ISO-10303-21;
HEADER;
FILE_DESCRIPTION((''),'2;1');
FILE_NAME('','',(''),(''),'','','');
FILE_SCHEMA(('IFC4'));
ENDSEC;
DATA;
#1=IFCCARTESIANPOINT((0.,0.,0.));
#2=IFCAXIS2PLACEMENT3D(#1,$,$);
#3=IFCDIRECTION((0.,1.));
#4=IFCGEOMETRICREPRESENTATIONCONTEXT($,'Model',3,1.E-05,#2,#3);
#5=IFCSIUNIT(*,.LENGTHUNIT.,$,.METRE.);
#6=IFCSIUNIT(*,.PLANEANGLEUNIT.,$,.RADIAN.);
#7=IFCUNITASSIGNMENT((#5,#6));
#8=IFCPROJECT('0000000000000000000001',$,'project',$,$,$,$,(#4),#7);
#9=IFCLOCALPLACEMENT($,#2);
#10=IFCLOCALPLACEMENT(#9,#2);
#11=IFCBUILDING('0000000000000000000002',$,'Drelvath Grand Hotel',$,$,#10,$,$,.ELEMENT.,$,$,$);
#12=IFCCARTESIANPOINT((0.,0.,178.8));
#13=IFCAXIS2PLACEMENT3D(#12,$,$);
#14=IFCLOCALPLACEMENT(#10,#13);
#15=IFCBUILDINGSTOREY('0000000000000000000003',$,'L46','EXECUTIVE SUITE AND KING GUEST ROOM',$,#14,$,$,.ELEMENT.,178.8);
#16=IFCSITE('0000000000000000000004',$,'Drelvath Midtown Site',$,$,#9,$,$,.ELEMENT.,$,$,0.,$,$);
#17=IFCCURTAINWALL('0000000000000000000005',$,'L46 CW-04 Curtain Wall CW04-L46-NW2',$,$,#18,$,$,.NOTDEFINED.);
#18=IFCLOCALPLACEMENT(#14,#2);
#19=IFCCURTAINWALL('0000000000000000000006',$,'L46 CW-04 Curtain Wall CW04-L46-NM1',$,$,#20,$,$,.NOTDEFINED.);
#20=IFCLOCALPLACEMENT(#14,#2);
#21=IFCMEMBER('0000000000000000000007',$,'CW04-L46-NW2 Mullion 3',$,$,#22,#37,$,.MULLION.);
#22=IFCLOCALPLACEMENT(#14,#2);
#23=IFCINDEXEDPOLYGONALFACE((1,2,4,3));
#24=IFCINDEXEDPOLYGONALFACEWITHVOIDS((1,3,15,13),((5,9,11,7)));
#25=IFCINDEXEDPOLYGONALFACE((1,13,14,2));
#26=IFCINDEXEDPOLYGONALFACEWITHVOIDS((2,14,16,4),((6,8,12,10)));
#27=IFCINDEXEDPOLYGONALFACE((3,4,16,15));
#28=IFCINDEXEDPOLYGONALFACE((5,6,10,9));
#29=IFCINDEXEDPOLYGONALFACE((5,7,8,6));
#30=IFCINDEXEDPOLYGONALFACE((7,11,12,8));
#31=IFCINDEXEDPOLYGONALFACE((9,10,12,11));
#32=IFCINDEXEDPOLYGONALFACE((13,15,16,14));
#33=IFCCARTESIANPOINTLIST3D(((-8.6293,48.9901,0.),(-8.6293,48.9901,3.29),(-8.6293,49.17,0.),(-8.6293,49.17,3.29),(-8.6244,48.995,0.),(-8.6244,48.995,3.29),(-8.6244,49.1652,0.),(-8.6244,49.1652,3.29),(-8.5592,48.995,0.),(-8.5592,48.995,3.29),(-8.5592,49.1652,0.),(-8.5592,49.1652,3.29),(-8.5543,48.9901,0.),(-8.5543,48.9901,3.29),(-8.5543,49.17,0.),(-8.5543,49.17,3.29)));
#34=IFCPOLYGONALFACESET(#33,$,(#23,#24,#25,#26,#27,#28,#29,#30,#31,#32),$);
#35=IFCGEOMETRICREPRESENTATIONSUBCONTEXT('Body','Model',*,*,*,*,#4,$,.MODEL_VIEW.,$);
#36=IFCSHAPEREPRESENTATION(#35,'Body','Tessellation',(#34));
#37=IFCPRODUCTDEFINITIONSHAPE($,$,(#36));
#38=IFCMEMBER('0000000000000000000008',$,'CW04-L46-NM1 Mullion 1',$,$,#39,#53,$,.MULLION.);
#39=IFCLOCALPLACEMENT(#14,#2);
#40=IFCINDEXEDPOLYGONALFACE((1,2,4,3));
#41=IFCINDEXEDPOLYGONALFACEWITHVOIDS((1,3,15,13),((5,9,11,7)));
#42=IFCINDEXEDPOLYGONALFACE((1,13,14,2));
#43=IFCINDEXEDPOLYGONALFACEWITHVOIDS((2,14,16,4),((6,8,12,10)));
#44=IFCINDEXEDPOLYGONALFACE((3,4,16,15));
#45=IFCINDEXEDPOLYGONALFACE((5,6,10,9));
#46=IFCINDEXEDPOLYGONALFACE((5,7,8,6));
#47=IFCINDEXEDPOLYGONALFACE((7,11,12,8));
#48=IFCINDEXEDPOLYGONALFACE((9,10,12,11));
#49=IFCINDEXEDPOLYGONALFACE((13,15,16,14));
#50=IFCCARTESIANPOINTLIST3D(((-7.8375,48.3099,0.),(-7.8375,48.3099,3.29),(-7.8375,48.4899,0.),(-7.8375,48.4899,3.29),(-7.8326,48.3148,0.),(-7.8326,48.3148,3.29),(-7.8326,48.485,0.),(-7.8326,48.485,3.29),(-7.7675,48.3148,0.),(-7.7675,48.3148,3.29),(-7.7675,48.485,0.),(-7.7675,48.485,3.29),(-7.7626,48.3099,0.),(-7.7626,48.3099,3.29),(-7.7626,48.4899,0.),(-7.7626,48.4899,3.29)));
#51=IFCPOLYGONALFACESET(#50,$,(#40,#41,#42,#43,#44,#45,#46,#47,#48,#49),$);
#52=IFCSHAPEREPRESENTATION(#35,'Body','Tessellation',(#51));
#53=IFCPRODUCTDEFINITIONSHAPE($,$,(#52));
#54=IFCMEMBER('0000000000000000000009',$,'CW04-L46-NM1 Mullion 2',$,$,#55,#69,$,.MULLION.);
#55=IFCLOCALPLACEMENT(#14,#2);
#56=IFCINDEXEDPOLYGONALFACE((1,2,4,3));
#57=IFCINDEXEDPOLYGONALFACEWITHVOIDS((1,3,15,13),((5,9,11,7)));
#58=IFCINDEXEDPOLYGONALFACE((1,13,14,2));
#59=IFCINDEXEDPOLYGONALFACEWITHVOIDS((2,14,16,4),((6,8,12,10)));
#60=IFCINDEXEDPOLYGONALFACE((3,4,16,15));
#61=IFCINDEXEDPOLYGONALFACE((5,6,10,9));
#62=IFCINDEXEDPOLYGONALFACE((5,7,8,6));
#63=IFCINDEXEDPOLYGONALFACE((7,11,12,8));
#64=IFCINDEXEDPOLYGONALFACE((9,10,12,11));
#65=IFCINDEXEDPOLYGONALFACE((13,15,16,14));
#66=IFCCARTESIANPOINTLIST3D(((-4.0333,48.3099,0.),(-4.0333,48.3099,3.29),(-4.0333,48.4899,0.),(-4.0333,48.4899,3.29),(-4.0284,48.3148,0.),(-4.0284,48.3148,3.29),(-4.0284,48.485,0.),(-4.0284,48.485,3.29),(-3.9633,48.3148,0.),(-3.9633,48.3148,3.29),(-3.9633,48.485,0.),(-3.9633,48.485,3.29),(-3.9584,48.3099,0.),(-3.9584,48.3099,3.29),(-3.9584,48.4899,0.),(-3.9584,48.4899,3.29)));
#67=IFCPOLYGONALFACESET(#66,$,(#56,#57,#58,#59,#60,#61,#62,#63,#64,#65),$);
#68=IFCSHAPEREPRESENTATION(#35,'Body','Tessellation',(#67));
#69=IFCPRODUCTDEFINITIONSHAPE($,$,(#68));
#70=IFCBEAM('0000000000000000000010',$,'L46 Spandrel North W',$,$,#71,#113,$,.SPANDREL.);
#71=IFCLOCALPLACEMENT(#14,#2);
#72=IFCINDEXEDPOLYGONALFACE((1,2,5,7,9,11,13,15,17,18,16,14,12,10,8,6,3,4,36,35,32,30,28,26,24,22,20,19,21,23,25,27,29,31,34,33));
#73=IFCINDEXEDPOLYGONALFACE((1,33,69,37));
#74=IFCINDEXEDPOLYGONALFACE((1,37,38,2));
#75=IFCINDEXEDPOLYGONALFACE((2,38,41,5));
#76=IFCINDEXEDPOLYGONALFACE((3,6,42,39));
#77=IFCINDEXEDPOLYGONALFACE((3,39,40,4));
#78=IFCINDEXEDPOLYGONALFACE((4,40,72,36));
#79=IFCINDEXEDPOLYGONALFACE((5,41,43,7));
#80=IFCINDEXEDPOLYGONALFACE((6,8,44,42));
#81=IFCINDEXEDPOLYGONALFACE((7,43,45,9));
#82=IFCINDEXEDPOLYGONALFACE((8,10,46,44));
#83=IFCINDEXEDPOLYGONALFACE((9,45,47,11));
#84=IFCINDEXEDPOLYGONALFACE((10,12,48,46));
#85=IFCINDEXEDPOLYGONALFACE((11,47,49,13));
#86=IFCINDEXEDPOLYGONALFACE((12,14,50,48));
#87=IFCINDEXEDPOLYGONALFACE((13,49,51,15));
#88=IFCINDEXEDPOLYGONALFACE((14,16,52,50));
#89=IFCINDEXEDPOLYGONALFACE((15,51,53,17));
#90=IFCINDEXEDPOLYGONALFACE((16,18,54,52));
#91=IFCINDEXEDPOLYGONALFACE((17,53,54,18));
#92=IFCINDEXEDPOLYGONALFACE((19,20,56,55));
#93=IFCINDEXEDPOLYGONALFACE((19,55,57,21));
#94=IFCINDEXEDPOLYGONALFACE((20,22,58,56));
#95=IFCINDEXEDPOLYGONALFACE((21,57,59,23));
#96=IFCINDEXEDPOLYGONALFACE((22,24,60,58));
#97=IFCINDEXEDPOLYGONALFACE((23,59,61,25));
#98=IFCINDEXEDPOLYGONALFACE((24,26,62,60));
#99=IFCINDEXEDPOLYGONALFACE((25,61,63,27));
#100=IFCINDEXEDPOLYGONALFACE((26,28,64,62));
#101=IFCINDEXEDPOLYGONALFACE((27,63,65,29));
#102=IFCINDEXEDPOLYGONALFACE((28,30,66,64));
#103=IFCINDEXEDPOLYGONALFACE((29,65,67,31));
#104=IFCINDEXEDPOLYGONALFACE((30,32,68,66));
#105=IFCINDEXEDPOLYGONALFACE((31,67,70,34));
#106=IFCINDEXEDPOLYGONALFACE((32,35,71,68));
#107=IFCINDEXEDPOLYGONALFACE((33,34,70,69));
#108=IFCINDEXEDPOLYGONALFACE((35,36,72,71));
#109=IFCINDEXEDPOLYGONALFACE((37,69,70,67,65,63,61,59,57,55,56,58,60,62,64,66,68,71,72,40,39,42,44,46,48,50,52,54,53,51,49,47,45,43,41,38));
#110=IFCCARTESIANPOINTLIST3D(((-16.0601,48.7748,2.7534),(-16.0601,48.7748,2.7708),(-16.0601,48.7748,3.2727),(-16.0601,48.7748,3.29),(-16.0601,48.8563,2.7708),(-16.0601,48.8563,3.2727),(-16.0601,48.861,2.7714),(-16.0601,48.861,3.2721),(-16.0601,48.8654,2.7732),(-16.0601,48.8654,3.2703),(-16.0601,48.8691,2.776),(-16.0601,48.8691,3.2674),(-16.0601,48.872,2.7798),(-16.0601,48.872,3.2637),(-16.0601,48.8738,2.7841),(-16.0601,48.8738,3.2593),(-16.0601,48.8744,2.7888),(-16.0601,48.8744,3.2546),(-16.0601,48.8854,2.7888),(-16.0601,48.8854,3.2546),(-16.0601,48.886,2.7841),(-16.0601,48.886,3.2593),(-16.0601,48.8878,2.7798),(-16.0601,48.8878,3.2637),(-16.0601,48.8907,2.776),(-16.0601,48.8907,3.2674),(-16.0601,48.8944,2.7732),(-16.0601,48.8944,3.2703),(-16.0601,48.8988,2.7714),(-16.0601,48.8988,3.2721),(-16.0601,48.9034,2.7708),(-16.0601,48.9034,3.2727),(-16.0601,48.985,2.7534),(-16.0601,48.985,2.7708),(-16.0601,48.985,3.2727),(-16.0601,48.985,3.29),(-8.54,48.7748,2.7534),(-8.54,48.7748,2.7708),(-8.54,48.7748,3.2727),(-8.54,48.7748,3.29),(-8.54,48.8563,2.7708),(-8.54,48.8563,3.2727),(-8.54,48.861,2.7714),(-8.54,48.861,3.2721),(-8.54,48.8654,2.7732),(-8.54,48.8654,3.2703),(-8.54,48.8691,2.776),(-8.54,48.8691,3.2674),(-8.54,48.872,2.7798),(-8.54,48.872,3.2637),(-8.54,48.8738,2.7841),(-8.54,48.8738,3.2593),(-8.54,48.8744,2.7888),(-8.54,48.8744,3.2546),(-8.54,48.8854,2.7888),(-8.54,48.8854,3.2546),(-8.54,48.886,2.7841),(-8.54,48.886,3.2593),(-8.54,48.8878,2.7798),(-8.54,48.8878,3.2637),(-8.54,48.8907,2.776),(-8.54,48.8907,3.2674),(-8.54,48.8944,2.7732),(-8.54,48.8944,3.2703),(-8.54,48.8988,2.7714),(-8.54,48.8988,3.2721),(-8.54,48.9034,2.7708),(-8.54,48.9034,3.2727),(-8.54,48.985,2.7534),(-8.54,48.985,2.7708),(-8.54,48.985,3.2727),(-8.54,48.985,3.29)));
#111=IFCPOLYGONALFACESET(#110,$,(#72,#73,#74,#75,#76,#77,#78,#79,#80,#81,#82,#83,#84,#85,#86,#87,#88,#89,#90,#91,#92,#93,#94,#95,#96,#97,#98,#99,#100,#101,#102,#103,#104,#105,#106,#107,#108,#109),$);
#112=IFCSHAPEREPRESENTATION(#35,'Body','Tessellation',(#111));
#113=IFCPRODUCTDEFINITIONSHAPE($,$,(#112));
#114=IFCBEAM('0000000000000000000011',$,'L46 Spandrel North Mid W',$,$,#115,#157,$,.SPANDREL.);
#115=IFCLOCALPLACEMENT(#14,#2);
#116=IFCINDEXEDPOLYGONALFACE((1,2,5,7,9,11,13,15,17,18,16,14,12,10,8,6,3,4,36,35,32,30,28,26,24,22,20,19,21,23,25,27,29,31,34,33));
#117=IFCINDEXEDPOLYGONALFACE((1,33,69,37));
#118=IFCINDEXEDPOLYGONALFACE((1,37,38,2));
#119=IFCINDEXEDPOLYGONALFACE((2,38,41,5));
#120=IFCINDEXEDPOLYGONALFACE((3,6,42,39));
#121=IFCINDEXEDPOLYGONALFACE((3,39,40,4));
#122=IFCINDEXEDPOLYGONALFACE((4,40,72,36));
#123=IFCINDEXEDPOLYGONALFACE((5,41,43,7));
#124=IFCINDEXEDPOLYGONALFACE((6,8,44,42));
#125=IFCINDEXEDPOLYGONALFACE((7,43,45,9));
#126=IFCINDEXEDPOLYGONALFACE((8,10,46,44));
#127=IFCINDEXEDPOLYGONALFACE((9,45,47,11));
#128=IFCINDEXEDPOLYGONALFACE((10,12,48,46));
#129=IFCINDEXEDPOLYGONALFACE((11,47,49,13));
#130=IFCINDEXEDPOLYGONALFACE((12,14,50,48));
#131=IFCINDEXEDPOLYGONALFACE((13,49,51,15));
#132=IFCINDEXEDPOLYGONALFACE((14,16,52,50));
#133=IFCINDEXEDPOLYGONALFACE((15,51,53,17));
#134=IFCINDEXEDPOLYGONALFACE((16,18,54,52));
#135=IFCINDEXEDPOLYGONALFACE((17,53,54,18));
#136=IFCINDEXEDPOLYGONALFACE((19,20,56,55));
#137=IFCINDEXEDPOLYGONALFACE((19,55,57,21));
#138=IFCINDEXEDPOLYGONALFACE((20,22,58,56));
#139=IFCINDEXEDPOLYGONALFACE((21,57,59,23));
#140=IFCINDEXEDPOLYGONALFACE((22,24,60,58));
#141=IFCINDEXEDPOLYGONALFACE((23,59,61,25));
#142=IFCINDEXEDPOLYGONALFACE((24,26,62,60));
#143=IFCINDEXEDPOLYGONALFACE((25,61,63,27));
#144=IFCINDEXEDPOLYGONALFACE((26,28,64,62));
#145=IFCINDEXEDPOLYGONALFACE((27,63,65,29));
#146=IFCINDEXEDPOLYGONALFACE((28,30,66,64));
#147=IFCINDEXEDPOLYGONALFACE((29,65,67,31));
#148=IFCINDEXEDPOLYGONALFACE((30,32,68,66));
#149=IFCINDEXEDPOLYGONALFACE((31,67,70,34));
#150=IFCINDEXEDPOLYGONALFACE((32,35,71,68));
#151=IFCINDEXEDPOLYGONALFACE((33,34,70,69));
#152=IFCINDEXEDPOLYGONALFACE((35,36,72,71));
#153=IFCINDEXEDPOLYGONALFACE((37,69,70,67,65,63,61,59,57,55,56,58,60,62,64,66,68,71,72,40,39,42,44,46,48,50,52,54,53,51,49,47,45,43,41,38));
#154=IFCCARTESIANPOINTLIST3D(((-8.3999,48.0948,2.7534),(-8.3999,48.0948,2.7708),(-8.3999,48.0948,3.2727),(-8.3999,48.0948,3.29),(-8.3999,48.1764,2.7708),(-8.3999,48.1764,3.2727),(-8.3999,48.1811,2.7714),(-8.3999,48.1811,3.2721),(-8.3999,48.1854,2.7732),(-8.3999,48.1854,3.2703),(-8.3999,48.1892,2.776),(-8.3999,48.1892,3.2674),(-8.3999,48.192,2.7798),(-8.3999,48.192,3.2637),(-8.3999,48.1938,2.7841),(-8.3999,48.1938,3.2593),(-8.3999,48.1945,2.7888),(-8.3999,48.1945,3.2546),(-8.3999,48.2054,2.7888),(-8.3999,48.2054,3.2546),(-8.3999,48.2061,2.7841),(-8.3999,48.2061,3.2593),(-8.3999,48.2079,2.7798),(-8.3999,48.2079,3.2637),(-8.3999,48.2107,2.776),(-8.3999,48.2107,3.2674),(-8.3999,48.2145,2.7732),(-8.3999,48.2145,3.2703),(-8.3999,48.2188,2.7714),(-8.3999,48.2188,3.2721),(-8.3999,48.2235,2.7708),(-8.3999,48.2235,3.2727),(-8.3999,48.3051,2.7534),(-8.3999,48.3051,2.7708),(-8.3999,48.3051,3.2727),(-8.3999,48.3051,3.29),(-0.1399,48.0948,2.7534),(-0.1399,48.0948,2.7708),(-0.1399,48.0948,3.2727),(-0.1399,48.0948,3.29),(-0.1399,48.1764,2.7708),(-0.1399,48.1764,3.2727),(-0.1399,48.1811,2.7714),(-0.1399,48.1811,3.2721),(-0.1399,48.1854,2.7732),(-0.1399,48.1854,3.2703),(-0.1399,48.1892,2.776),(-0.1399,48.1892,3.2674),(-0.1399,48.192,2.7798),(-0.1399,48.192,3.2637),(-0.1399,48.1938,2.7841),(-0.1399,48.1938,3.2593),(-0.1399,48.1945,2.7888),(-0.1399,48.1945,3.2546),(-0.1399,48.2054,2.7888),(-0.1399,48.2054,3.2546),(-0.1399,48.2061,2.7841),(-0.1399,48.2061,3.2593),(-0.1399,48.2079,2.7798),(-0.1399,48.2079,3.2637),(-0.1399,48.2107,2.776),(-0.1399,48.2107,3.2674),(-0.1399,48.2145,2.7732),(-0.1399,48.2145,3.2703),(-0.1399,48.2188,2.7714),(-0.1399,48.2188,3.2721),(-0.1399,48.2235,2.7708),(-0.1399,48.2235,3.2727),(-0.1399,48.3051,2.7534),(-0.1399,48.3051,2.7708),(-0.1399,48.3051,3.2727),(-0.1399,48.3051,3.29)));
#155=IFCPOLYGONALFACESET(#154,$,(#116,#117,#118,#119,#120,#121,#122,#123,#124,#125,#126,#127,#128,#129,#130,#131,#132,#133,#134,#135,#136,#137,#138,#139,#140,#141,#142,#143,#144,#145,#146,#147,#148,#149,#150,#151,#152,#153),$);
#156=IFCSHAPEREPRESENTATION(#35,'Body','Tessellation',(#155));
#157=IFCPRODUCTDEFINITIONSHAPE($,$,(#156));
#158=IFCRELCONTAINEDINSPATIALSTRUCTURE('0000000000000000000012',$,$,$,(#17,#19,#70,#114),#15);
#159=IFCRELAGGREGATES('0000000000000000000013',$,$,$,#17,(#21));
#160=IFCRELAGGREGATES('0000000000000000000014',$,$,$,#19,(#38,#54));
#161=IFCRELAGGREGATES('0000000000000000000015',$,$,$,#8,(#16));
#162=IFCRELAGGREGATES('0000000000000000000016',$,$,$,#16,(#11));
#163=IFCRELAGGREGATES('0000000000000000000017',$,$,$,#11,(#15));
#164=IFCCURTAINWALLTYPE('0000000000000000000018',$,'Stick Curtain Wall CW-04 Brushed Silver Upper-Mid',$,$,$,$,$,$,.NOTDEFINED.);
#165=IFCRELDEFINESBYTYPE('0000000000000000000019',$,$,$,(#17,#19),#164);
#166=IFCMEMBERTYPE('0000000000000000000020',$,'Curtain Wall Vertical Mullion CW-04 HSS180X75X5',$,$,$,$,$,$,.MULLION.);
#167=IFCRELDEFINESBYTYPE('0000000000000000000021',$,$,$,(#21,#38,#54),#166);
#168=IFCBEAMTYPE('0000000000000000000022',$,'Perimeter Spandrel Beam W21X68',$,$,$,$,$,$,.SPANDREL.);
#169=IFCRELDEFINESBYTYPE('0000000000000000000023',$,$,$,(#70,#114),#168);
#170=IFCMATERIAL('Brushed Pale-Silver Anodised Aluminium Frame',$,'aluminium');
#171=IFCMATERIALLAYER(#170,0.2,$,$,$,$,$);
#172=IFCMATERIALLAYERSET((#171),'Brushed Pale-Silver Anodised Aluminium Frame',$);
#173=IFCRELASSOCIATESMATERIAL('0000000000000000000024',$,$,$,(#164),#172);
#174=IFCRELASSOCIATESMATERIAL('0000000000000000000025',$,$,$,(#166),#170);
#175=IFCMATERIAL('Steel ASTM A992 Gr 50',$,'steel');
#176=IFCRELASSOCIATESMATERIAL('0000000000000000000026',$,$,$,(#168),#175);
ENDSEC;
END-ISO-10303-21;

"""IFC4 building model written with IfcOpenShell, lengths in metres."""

from ifc_helpers import new_model, si_unit, direction, frame, origin, origin_2d, place, context, subcontext, project, spatial, hollow_rectangle, i_section, extrude, material, layer, layer_set, material_profile, profile_set, type_object, element, aggregate, save


model = new_model("IFC4")

# Units and contexts
model_context = context("Model", 3, precision=1e-05, world=origin(), true_north=direction((0.0, 1.0)))
body_context = subcontext(model_context, "Body", "Model", "MODEL_VIEW")
ifc_project = project(units=[si_unit("LENGTHUNIT", "METRE"), si_unit("PLANEANGLEUNIT", "RADIAN")], contexts=[model_context])

# Site, building, storey
site_placement = place(None, origin())
site = spatial("IfcSite", under=ifc_project, at=site_placement, Name="Drelvath Midtown Site", CompositionType="ELEMENT", RefElevation=0.0)
building_placement = place(site_placement, origin())
building = spatial("IfcBuilding", under=site, at=building_placement, Name="Drelvath Grand Hotel", CompositionType="ELEMENT")
storey_placement = place(building_placement, frame((0.0, 0.0, 178.8)))
storey = spatial("IfcBuildingStorey", under=building, at=storey_placement, Name="L46", Description="EXECUTIVE SUITE AND KING GUEST ROOM", CompositionType="ELEMENT", Elevation=178.8)

# Curtain walls
ifc_material_1 = material(Name="Brushed Pale-Silver Anodised Aluminium Frame", Category="aluminium")
ifc_layer_1 = layer(ifc_material_1, 0.2)
ifc_layer_set_1 = layer_set([ifc_layer_1], Name="Brushed Pale-Silver Anodised Aluminium Frame")
curtain_wall_type = type_object("IfcCurtainWallType", Name="Stick Curtain Wall CW-04 Brushed Silver Upper-Mid", PredefinedType="NOTDEFINED", material=ifc_layer_set_1)
curtain_wall_1_placement = place(storey_placement, origin())
curtain_wall_1 = element("IfcCurtainWall", 1, at=curtain_wall_1_placement, inside=storey, type_object=curtain_wall_type, Name="L46 CW-04 Curtain Wall CW04-L46-NW2", PredefinedType="NOTDEFINED")
curtain_wall_2_placement = place(storey_placement, origin())
curtain_wall_2 = element("IfcCurtainWall", 2, at=curtain_wall_2_placement, inside=storey, type_object=curtain_wall_type, Name="L46 CW-04 Curtain Wall CW04-L46-NM1", PredefinedType="NOTDEFINED")

# Members
ifc_material_profile_1 = material_profile(ifc_material_1, hollow_rectangle(XDim=0.075, YDim=0.1799, WallThickness=0.0049, at=origin_2d()), Name="HSS180X75X5")
ifc_profile_set_1 = profile_set([ifc_material_profile_1], Name="Brushed Pale-Silver Anodised Aluminium Frame")
member_type_1 = type_object("IfcMemberType", Name="Curtain Wall Vertical Mullion CW-04 HSS180X75X5", PredefinedType="MULLION", material=ifc_profile_set_1)
member_1_placement = place(storey_placement, frame((-8.5918, 49.0801, 0.0), z_axis=(0.0, 0.0, 1.0), x_axis=(1.0, 0.0, 0.0)))
member_1 = element("IfcMember", 3, at=member_1_placement, type_object=member_type_1, Name="CW04-L46-NW2 Mullion 3", PredefinedType="MULLION", context=body_context, shape_type="SweptSolid", body=[
    extrude(hollow_rectangle(XDim=0.075, YDim=0.1799, WallThickness=0.0049, at=origin_2d()), origin(), (0.0, 0.0, 1.0), 3.29),
])
member_2_placement = place(storey_placement, frame((-7.8, 48.3999, 0.0), z_axis=(0.0, 0.0, 1.0), x_axis=(1.0, 0.0, 0.0)))
member_2 = element("IfcMember", 4, at=member_2_placement, type_object=member_type_1, Name="CW04-L46-NM1 Mullion 1", PredefinedType="MULLION", context=body_context, shape_type="SweptSolid", body=[
    extrude(hollow_rectangle(XDim=0.075, YDim=0.1799, WallThickness=0.0049, at=origin_2d()), origin(), (0.0, 0.0, 1.0), 3.29),
])
member_3_placement = place(storey_placement, frame((-3.9958, 48.3999, 0.0), z_axis=(0.0, 0.0, 1.0), x_axis=(1.0, 0.0, 0.0)))
member_3 = element("IfcMember", 5, at=member_3_placement, type_object=member_type_1, Name="CW04-L46-NM1 Mullion 2", PredefinedType="MULLION", context=body_context, shape_type="SweptSolid", body=[
    extrude(hollow_rectangle(XDim=0.075, YDim=0.1799, WallThickness=0.0049, at=origin_2d()), origin(), (0.0, 0.0, 1.0), 3.29),
])

# Beams
ifc_material_2 = material(Name="Steel ASTM A992 Gr 50", Category="steel")
ifc_material_profile_2 = material_profile(ifc_material_2, i_section(OverallWidth=0.2102, OverallDepth=0.5366, WebThickness=0.011, FlangeThickness=0.0173, FilletRadius=0.0181, at=origin_2d()), Name="W21X68")
ifc_profile_set_2 = profile_set([ifc_material_profile_2], Name="Steel ASTM A992 Gr 50")
beam_type_1 = type_object("IfcBeamType", Name="Perimeter Spandrel Beam W21X68", PredefinedType="SPANDREL", material=ifc_profile_set_2)
beam_1_placement = place(storey_placement, frame((-16.0601, 48.8799, 3.0217), z_axis=(1.0, 0.0, 0.0), x_axis=(0.0, 1.0, 0.0)))
element("IfcBeam", 6, at=beam_1_placement, inside=storey, type_object=beam_type_1, Name="L46 Spandrel North W", PredefinedType="SPANDREL", context=body_context, shape_type="SweptSolid", body=[
    extrude(i_section(OverallWidth=0.2102, OverallDepth=0.5366, WebThickness=0.011, FlangeThickness=0.0173, FilletRadius=0.0181, at=origin_2d()), origin(), (0.0, 0.0, 1.0), 7.52),
])
beam_2_placement = place(storey_placement, frame((-8.3999, 48.2, 3.0217), z_axis=(1.0, 0.0, 0.0), x_axis=(0.0, 1.0, 0.0)))
element("IfcBeam", 7, at=beam_2_placement, inside=storey, type_object=beam_type_1, Name="L46 Spandrel North Mid W", PredefinedType="SPANDREL", context=body_context, shape_type="SweptSolid", body=[
    extrude(i_section(OverallWidth=0.2102, OverallDepth=0.5366, WebThickness=0.011, FlangeThickness=0.0173, FilletRadius=0.0181, at=origin_2d()), origin(), (0.0, 0.0, 1.0), 8.26),
])

aggregate(curtain_wall_1, [member_1])
aggregate(curtain_wall_2, [member_2, member_3])

save(model, "model.ifc")
